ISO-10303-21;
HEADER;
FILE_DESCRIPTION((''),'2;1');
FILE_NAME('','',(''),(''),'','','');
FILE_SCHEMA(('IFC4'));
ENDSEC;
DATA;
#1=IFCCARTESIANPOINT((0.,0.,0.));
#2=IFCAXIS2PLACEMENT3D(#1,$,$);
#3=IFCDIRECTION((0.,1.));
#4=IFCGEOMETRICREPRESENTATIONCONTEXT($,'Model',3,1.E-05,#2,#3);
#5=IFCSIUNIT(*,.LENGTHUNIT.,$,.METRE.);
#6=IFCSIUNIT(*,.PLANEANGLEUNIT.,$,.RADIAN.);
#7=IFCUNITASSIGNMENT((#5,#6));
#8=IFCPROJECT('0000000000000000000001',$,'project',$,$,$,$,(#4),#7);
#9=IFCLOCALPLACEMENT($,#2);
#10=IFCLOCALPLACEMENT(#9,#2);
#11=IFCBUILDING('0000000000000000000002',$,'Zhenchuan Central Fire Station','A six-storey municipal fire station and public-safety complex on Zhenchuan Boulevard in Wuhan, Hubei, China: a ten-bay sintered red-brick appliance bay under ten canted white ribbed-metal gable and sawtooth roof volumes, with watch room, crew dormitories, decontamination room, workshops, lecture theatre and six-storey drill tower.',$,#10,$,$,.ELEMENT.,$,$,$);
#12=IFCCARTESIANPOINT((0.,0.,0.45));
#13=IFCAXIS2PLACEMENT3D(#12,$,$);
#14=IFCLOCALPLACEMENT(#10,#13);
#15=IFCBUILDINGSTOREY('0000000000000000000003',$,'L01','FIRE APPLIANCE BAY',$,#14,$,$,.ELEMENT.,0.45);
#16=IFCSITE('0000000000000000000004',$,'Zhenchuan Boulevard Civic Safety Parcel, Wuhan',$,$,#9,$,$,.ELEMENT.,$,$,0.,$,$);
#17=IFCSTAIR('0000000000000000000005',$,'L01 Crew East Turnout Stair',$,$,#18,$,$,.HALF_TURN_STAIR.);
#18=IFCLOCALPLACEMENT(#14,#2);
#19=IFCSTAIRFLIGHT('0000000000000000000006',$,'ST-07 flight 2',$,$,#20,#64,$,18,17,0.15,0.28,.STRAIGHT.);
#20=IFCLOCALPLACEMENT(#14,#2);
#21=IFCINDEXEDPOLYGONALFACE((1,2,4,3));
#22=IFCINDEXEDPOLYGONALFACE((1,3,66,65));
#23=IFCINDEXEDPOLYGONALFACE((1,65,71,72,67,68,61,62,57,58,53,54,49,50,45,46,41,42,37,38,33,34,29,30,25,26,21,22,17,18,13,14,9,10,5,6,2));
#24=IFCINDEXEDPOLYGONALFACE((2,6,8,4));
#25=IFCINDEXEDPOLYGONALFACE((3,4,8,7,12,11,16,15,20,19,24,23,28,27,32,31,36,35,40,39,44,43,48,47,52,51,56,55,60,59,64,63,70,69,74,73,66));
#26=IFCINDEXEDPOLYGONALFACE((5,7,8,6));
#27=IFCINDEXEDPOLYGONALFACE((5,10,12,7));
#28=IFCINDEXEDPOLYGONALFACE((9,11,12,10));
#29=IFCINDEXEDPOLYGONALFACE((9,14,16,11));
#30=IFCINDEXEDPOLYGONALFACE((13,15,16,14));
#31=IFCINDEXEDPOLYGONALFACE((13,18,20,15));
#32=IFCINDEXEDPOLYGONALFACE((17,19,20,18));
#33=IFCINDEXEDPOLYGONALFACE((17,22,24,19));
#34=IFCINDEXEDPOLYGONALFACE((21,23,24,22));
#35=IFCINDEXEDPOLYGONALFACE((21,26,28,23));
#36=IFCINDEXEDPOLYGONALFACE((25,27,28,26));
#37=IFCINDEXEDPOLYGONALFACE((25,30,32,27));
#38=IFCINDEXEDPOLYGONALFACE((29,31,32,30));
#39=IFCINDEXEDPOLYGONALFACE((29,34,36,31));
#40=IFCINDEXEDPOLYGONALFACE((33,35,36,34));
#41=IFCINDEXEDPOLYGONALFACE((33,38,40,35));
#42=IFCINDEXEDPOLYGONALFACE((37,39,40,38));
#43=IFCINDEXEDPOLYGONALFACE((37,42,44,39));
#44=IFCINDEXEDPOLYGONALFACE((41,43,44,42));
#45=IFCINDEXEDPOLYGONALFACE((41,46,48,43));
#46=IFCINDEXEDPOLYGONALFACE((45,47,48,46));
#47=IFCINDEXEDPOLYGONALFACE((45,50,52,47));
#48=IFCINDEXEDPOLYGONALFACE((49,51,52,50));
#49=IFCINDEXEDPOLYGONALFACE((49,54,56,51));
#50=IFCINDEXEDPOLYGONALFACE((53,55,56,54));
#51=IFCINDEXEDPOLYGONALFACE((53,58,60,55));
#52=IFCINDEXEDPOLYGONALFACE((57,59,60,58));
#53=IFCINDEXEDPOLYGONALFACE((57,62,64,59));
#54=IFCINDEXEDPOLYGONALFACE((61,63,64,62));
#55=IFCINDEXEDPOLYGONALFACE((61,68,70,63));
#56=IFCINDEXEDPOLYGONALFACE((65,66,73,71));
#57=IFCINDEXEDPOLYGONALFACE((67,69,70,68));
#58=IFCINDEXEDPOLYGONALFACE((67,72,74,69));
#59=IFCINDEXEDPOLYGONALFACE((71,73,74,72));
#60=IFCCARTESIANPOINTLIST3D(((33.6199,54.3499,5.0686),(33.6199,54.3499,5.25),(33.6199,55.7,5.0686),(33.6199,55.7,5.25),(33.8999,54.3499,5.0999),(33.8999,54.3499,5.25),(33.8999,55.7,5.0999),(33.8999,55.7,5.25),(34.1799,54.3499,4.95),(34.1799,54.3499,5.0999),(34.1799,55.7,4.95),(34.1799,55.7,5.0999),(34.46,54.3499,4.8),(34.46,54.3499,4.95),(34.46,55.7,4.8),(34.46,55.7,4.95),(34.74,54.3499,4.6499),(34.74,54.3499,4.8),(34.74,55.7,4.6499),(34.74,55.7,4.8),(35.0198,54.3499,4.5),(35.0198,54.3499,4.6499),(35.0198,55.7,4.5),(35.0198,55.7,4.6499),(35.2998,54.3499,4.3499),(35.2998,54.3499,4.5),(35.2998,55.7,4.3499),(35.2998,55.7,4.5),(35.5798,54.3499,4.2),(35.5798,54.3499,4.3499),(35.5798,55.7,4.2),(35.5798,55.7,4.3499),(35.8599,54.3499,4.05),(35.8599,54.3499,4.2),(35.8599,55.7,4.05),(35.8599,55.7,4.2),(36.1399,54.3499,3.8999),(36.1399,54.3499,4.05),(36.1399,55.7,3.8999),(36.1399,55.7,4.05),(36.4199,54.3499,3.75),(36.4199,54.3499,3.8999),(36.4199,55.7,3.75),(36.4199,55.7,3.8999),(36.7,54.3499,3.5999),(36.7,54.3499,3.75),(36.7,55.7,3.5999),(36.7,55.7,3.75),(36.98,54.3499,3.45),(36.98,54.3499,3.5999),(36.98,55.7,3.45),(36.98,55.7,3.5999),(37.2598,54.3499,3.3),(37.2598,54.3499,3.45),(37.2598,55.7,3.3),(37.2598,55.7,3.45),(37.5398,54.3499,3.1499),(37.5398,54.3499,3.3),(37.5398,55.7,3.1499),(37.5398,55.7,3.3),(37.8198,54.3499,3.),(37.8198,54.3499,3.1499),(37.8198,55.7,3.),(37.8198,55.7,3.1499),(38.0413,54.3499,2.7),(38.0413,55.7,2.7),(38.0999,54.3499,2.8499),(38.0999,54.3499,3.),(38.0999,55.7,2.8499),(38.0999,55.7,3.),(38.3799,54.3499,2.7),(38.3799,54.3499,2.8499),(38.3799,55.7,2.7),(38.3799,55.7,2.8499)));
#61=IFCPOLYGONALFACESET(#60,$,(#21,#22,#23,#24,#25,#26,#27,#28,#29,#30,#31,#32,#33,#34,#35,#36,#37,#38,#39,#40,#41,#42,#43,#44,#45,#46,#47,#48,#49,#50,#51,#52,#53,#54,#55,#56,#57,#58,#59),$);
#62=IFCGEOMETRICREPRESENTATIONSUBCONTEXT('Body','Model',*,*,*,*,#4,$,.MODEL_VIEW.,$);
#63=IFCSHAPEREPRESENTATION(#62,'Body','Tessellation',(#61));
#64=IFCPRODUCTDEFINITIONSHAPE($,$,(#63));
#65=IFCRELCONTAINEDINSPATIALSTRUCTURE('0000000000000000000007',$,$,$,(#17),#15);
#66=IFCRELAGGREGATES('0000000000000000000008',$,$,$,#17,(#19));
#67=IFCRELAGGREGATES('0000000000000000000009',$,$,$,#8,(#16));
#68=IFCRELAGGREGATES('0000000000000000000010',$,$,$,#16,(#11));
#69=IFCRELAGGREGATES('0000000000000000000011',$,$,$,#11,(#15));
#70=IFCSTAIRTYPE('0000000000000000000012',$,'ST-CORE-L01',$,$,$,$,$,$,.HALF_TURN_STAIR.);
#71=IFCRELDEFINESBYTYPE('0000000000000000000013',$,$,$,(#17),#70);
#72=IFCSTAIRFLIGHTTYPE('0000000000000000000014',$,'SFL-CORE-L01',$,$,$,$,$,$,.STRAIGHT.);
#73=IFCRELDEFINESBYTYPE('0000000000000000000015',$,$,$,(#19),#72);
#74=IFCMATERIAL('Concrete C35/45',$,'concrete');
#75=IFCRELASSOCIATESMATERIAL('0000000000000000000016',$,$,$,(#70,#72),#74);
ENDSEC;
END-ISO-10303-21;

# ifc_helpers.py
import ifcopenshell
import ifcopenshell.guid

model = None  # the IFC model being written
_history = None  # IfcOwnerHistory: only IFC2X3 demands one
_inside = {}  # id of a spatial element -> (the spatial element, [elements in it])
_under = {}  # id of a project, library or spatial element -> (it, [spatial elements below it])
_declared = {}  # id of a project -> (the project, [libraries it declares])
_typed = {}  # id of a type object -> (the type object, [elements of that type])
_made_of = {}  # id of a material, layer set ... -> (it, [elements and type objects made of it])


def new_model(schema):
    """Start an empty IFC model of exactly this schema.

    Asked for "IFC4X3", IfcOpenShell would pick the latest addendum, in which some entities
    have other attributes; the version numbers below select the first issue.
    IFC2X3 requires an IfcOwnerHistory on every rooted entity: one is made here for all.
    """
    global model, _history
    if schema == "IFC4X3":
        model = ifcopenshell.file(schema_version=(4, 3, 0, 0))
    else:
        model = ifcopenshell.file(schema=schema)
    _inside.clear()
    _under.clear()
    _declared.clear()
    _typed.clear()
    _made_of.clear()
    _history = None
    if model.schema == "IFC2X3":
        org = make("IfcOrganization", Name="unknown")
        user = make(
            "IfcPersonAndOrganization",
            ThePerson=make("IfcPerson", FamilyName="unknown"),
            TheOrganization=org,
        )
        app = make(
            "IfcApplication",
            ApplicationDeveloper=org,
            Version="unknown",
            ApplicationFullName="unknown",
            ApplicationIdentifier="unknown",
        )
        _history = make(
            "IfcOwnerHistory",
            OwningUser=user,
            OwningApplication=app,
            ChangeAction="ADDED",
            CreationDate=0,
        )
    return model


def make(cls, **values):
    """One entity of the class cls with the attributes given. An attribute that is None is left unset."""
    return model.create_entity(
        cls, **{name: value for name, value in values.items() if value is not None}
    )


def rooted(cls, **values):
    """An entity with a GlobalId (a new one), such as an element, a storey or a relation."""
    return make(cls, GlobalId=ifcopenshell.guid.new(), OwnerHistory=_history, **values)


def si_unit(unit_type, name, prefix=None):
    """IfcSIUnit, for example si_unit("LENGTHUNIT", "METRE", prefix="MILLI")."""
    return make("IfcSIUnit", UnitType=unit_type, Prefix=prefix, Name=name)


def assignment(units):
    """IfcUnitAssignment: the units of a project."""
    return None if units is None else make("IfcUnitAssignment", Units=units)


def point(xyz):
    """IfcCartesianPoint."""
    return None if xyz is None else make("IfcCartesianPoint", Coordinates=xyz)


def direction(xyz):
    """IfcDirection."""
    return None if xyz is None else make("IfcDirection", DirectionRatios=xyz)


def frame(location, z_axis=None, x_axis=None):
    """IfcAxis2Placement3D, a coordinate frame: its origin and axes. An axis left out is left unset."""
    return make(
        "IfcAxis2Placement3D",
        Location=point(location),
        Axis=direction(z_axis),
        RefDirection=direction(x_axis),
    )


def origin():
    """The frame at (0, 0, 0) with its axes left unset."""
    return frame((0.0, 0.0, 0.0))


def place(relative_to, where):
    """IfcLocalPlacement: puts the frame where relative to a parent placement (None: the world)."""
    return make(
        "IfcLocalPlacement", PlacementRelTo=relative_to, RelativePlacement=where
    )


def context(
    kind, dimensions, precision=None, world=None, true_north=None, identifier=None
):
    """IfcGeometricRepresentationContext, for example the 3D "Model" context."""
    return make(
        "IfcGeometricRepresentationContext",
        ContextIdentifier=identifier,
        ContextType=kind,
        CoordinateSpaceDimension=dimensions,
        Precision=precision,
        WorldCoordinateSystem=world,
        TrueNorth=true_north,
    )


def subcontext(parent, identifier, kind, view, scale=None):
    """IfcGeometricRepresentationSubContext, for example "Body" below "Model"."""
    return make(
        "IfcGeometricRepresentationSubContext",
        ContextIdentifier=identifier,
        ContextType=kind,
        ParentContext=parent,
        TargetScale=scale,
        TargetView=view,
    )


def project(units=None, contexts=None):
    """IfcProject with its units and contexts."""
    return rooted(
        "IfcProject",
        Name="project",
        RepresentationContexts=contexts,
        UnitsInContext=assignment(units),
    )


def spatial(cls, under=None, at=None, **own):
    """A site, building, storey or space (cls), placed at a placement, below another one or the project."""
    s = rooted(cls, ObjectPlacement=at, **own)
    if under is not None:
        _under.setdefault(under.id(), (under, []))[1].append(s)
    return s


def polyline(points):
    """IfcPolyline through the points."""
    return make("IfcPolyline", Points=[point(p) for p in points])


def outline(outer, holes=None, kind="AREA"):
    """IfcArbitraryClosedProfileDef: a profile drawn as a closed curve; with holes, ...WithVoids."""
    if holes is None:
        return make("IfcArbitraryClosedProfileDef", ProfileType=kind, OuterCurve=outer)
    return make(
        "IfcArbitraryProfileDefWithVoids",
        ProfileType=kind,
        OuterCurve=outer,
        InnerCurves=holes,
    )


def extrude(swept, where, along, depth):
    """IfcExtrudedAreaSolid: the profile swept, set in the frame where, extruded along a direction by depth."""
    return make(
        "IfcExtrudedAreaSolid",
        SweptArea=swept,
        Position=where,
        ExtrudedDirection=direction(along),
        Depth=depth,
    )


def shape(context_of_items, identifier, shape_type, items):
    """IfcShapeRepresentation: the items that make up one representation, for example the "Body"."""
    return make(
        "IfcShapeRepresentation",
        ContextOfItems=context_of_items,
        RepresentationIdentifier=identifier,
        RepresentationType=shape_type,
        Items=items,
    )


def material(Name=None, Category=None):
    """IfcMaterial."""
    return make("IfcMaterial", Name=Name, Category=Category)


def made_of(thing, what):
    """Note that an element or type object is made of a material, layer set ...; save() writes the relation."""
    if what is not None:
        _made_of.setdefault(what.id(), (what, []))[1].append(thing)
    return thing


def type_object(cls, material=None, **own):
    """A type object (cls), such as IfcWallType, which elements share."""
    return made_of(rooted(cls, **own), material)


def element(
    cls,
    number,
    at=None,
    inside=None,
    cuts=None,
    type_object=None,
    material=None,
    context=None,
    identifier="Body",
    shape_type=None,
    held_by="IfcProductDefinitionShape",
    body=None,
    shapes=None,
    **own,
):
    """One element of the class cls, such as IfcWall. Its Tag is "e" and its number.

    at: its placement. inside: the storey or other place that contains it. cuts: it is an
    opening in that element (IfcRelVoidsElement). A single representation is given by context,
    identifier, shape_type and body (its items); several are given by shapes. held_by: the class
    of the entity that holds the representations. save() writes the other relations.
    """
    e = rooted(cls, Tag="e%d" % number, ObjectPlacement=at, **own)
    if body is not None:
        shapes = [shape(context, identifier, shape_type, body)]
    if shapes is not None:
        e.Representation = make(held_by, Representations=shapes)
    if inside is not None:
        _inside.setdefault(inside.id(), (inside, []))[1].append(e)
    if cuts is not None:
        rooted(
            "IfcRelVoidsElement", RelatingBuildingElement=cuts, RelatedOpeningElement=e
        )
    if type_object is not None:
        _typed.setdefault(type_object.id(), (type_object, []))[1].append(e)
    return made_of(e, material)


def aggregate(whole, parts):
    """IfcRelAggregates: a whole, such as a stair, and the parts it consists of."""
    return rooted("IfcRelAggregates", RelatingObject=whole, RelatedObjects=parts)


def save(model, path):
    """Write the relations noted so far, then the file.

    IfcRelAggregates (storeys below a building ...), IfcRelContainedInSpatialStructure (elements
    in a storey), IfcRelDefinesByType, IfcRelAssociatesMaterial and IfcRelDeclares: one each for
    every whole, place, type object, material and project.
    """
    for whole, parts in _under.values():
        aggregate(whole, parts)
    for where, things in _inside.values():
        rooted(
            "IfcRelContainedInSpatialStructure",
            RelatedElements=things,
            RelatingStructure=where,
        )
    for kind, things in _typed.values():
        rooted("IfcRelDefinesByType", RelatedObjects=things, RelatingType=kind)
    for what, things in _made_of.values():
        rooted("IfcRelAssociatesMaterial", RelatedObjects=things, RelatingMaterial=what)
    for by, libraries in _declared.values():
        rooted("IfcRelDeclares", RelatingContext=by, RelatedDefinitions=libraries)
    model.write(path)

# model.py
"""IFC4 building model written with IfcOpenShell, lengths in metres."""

from ifc_helpers import new_model, si_unit, direction, frame, origin, place, context, subcontext, project, spatial, polyline, outline, extrude, material, type_object, element, aggregate, save


model = new_model("IFC4")

# Units and contexts
model_context = context("Model", 3, precision=1e-05, world=origin(), true_north=direction((0.0, 1.0)))
body_context = subcontext(model_context, "Body", "Model", "MODEL_VIEW")
ifc_project = project(units=[si_unit("LENGTHUNIT", "METRE"), si_unit("PLANEANGLEUNIT", "RADIAN")], contexts=[model_context])

# Site, building, storey
site_placement = place(None, origin())
site = spatial("IfcSite", under=ifc_project, at=site_placement, Name="Zhenchuan Boulevard Civic Safety Parcel, Wuhan", CompositionType="ELEMENT", RefElevation=0.0)
building_placement = place(site_placement, origin())
building = spatial("IfcBuilding", under=site, at=building_placement, Name="Zhenchuan Central Fire Station", Description="A six-storey municipal fire station and public-safety complex on Zhenchuan Boulevard in Wuhan, Hubei, China: a ten-bay sintered red-brick appliance bay under ten canted white ribbed-metal gable and sawtooth roof volumes, with watch room, crew dormitories, decontamination room, workshops, lecture theatre and six-storey drill tower.", CompositionType="ELEMENT")
storey_placement = place(building_placement, frame((0.0, 0.0, 0.45)))
storey = spatial("IfcBuildingStorey", under=building, at=storey_placement, Name="L01", Description="FIRE APPLIANCE BAY", CompositionType="ELEMENT", Elevation=0.45)

# Shared definitions
ifc_material_1 = material(Name="Concrete C35/45", Category="concrete")

# Stair, stair flight
stair_type = type_object("IfcStairType", Name="ST-CORE-L01", PredefinedType="HALF_TURN_STAIR", material=ifc_material_1)
stair_placement = place(storey_placement, origin())
stair = element("IfcStair", 1, at=stair_placement, inside=storey, type_object=stair_type, Name="L01 Crew East Turnout Stair", PredefinedType="HALF_TURN_STAIR")
stair_flight_type = type_object("IfcStairFlightType", Name="SFL-CORE-L01", PredefinedType="STRAIGHT", material=ifc_material_1)
stair_flight_1_placement = place(storey_placement, frame((38.3799, 55.0249, 2.7), z_axis=(0.0, 0.0, 1.0), x_axis=(-1.0, 0.0, 0.0)))
stair_flight_1 = element("IfcStairFlight", 2, at=stair_flight_1_placement, type_object=stair_flight_type, Name="ST-07 flight 2", NumberOfRisers=18, NumberOfTreads=17, PredefinedType="STRAIGHT", RiserHeight=0.15, TreadLength=0.28, context=body_context, shape_type="SweptSolid", body=[
    extrude(outline(polyline([(0.0, 0.0), (0.0, 0.1499), (0.28, 0.1499), (0.28, 0.3), (0.5601, 0.3), (0.5601, 0.45), (0.8401, 0.45), (0.8401, 0.6001), (1.1201, 0.6001), (1.1201, 0.75), (1.3999, 0.75), (1.3999, 0.8999), (1.6799, 0.8999), (1.6799, 1.05), (1.96, 1.05), (1.96, 1.2), (2.24, 1.2), (2.24, 1.3501), (2.52, 1.3501), (2.52, 1.5), (2.8, 1.5), (2.8, 1.6499), (3.0801, 1.6499), (3.0801, 1.8), (3.3601, 1.8), (3.3601, 1.95), (3.6399, 1.95), (3.6399, 2.1001), (3.9199, 2.1001), (3.9199, 2.25), (4.2, 2.25), (4.2, 2.3999), (4.48, 2.3999), (4.48, 2.55), (4.76, 2.55), (4.76, 2.7), (4.76, 2.3687), (0.3386, 0.0), (0.0, 0.0)])), frame((0.0, 0.675, 0.0), z_axis=(0.0, -1.0, 0.0), x_axis=(1.0, 0.0, 0.0)), (0.0, 0.0, 1.0), 1.3501),
])
aggregate(stair, [stair_flight_1])

save(model, "model.ifc")
